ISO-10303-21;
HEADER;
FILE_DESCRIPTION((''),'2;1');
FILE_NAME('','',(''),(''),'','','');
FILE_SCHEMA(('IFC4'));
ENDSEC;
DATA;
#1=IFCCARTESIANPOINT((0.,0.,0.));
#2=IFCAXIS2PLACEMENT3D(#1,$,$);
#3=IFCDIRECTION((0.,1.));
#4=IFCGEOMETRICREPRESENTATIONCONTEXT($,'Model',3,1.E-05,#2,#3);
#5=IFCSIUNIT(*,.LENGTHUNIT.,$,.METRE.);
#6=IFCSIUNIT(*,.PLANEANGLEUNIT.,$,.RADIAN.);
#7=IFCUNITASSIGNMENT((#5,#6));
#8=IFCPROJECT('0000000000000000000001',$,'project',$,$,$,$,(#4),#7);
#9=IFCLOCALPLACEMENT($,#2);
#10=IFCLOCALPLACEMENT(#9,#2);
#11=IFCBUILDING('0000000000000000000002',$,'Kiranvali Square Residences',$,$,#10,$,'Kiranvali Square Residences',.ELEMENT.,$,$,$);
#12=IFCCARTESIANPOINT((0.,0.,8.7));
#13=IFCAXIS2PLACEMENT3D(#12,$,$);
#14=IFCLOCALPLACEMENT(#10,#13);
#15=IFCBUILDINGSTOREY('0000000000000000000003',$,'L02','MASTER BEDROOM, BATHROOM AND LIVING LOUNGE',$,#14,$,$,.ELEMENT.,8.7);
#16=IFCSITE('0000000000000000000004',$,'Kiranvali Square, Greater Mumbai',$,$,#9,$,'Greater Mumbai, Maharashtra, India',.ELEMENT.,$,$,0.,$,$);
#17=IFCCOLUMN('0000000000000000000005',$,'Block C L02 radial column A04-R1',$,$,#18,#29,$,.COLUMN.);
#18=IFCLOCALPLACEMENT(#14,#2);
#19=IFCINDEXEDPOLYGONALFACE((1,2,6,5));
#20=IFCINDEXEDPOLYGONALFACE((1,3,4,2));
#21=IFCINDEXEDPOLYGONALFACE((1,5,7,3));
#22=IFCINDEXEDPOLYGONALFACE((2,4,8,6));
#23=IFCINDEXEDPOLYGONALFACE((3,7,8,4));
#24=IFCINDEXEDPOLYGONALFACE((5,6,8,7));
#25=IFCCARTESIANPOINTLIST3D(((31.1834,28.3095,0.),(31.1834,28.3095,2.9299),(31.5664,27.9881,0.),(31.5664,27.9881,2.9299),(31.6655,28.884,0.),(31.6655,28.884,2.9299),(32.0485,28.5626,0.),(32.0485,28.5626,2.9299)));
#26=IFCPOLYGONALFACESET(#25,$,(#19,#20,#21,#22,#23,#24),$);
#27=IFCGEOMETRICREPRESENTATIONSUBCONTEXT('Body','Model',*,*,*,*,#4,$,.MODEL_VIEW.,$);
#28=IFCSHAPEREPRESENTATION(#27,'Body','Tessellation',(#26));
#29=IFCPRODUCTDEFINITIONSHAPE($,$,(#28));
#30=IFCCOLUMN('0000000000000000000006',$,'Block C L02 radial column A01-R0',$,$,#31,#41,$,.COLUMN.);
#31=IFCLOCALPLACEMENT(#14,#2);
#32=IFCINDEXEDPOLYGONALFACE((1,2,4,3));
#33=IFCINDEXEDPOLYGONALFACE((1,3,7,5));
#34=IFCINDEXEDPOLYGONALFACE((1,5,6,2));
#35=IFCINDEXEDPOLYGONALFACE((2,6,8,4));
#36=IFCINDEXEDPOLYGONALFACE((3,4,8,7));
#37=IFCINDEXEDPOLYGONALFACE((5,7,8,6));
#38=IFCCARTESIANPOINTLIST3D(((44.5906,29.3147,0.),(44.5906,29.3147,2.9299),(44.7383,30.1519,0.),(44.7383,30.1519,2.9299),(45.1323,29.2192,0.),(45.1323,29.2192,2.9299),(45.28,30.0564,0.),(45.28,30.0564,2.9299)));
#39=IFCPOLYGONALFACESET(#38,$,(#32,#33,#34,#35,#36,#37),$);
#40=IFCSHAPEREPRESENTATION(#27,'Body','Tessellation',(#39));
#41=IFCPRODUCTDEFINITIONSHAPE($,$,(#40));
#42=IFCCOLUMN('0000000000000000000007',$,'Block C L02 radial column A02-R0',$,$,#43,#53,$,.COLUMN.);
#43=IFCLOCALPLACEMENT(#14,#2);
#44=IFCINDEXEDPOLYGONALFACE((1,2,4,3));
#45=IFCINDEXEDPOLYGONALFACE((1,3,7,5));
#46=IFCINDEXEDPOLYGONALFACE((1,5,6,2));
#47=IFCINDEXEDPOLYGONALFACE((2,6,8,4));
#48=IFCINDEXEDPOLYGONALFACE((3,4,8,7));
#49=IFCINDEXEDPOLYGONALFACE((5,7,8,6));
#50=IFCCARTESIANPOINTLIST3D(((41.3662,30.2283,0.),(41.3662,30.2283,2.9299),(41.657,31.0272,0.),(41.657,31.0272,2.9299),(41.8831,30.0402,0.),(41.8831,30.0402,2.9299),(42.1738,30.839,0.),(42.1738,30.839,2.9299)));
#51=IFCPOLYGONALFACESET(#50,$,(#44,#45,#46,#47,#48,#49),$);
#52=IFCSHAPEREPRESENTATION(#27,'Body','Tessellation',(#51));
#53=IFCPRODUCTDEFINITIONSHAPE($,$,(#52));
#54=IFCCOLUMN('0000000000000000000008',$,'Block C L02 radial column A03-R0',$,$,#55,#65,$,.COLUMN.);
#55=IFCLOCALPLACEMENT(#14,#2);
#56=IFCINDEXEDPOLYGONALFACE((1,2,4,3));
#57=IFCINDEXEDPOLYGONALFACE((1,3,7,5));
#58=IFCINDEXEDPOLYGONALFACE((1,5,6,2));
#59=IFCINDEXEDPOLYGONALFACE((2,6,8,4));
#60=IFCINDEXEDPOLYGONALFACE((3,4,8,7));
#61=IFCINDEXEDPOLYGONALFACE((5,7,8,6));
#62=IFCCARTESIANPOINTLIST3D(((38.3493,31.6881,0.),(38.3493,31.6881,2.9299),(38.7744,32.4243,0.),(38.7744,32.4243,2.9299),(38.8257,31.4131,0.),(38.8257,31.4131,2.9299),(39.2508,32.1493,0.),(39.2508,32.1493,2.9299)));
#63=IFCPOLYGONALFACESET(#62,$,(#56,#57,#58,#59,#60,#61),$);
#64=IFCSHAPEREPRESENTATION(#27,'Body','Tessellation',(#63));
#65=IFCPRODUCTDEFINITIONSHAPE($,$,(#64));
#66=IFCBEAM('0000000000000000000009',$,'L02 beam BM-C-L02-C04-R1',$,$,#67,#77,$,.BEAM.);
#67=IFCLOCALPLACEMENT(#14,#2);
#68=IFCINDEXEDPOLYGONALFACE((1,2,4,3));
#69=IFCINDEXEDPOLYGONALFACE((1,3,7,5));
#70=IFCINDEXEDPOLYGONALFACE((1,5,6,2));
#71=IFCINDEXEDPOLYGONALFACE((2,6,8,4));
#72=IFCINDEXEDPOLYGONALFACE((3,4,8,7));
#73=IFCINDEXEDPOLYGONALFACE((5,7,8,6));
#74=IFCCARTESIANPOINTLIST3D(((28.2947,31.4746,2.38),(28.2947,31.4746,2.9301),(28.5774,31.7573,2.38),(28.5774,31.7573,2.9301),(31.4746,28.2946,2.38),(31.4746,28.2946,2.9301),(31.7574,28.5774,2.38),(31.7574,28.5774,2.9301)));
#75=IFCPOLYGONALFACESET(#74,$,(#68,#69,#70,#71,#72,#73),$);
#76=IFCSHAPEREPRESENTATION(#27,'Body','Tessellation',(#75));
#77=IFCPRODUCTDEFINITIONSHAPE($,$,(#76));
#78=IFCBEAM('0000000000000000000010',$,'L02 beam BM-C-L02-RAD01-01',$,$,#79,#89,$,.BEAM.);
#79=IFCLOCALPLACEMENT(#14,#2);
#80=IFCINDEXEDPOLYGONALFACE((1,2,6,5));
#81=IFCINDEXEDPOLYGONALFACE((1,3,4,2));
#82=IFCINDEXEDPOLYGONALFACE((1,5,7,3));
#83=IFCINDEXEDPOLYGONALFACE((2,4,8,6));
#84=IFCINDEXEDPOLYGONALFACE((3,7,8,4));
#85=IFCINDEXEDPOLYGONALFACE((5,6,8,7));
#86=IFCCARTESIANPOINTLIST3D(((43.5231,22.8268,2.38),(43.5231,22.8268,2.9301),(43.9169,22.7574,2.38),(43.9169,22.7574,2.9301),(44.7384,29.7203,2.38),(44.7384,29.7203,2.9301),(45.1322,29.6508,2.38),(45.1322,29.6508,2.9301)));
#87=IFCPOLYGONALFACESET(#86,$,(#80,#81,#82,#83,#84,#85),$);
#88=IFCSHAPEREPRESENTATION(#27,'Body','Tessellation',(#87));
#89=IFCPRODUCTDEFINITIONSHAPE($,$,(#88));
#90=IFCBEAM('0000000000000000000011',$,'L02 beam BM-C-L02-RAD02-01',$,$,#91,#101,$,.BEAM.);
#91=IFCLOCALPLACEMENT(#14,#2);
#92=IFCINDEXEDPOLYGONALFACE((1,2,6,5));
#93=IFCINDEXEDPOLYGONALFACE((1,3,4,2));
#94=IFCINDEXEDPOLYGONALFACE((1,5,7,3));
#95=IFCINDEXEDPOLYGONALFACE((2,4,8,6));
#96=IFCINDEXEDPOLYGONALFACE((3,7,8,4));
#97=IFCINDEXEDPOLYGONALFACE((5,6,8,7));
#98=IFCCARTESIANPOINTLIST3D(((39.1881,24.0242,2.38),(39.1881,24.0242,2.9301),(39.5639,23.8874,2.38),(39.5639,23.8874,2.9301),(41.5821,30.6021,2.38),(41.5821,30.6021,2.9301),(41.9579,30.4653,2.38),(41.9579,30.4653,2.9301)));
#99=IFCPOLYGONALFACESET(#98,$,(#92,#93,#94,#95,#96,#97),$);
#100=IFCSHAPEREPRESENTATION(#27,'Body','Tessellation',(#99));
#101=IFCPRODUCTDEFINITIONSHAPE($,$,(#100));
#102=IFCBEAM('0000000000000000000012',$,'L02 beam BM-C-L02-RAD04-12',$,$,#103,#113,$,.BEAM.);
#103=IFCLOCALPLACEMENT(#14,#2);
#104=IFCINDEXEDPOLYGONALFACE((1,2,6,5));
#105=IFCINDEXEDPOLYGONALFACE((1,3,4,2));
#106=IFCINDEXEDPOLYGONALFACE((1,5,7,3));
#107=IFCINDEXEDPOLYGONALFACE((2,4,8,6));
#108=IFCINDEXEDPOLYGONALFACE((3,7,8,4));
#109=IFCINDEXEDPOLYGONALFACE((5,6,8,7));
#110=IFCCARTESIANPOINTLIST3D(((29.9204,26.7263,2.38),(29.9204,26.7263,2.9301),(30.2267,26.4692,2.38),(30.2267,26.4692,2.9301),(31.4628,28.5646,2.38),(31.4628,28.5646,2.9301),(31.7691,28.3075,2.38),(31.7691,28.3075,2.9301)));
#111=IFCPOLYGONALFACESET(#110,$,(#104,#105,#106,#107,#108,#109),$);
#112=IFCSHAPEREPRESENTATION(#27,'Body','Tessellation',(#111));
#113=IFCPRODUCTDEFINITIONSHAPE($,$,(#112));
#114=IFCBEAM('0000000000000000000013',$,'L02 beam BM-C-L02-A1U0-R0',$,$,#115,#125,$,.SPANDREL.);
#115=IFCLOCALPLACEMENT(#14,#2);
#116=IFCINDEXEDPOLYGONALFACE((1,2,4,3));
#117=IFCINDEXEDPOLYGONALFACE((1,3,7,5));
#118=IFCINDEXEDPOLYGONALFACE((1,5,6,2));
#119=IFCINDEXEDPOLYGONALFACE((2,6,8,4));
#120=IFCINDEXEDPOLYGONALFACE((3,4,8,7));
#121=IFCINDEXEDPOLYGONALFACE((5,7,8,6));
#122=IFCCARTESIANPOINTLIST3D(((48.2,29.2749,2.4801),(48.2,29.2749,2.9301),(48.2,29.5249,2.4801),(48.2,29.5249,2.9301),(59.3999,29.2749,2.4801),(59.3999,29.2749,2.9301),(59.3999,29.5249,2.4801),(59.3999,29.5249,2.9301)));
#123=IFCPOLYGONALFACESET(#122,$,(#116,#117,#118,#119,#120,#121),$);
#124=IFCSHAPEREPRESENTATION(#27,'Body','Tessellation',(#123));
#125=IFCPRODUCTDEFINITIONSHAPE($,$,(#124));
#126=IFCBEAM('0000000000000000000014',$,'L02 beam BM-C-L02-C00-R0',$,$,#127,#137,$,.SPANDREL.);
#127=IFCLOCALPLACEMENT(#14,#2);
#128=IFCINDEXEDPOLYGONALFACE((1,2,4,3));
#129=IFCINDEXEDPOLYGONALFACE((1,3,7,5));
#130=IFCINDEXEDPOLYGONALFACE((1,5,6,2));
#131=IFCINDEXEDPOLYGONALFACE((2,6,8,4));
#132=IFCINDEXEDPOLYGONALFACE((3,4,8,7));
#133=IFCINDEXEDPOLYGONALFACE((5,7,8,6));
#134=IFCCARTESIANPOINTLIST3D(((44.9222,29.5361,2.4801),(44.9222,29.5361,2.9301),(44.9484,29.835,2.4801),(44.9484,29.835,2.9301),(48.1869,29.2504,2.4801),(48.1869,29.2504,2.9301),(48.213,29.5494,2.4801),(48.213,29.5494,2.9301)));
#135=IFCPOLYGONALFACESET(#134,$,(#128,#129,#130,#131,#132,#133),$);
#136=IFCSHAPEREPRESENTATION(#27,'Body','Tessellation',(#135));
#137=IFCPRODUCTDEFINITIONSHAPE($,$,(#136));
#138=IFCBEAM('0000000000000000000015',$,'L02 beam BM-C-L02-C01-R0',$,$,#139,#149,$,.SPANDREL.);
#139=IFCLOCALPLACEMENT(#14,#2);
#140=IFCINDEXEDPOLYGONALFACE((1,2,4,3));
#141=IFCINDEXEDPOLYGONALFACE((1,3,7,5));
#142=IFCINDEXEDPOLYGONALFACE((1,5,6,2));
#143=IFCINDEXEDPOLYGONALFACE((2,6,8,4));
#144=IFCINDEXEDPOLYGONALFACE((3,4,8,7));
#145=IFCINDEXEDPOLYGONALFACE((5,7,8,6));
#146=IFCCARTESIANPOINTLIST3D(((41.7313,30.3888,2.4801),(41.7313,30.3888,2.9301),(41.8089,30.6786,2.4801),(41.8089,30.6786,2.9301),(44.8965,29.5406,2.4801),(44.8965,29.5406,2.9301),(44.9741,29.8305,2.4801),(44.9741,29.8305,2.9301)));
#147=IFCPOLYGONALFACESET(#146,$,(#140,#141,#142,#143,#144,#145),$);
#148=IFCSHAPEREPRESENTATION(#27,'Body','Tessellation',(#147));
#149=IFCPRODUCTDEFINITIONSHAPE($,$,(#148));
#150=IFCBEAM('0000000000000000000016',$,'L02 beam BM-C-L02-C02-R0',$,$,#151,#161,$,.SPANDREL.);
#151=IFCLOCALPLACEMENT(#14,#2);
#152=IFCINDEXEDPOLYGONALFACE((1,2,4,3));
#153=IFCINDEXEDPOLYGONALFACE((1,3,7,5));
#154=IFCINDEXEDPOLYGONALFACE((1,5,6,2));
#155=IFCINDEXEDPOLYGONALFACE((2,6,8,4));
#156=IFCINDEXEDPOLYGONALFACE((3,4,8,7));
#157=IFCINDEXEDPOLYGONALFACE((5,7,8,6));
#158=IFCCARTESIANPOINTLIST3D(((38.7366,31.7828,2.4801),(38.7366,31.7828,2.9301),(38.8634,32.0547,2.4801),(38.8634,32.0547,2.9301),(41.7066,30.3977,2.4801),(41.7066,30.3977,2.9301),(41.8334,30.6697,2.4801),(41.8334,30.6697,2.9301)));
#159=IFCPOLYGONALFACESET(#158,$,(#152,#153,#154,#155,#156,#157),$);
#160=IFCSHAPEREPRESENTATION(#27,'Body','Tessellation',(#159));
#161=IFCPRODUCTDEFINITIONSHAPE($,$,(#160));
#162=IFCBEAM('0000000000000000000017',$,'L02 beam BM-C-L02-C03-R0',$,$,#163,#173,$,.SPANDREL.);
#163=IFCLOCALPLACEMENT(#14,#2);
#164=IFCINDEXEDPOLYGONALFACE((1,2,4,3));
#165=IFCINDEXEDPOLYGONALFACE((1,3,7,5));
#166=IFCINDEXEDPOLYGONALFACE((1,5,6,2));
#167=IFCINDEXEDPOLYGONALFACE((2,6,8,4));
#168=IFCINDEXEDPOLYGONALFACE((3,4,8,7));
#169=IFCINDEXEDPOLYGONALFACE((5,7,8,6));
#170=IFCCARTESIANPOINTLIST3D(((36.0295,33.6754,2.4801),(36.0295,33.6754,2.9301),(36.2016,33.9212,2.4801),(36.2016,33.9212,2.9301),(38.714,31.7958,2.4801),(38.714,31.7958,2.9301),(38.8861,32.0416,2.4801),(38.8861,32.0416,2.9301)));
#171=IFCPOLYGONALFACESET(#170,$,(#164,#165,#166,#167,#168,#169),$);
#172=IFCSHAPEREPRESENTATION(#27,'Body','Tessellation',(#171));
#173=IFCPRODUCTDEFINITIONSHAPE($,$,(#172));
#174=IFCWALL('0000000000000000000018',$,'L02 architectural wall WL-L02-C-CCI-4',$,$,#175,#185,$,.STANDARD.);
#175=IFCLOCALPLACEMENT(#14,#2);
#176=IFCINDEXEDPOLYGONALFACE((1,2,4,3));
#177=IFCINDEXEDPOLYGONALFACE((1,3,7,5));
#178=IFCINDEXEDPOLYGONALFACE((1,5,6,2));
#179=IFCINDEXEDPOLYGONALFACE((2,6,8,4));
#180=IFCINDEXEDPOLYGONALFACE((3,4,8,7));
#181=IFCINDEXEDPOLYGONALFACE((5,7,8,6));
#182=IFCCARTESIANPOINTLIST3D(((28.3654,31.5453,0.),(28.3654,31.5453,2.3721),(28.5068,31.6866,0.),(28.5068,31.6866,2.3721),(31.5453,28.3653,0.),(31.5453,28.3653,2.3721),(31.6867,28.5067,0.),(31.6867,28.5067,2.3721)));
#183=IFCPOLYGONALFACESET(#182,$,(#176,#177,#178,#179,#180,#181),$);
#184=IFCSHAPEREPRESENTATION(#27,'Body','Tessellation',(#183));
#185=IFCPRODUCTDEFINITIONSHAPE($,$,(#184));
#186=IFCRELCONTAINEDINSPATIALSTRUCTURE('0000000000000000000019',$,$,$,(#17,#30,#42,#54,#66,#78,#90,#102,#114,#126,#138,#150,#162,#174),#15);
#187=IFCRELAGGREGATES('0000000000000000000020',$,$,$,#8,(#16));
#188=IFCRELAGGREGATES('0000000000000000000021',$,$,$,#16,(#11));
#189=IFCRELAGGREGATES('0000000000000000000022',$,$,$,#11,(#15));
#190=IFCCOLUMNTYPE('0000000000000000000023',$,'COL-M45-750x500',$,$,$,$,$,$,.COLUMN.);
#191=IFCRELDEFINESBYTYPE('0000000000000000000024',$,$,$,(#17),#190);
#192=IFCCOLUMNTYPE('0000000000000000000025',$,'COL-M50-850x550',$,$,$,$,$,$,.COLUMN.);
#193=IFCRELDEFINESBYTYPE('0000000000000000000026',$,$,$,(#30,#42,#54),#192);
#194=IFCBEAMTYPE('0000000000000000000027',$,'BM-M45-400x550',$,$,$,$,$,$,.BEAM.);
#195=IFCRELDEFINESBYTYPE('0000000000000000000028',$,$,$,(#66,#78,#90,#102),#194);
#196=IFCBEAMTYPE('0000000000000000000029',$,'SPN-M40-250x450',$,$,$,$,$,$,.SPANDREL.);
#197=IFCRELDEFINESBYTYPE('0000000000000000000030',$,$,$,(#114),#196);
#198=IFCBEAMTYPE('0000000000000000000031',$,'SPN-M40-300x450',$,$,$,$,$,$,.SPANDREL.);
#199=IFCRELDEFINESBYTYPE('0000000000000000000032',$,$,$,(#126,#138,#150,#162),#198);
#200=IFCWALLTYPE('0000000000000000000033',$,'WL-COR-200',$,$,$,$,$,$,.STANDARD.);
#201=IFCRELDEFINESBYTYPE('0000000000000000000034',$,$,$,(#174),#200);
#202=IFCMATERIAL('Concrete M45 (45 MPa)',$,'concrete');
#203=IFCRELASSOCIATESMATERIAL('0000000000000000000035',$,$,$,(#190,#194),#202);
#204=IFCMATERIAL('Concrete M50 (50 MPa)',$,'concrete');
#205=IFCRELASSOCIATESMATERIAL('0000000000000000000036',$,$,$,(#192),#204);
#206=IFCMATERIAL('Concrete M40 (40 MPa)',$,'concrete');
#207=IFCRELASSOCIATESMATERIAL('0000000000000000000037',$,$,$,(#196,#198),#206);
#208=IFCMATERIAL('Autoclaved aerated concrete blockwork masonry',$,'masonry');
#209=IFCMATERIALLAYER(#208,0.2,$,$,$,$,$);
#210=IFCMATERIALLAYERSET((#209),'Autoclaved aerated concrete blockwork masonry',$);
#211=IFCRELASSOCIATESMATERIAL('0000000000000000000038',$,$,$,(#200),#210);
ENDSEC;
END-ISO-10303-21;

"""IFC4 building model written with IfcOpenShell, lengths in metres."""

from ifc_helpers import new_model, si_unit, direction, frame, frame_2d, origin, origin_2d, place, context, subcontext, project, spatial, rectangle, extrude, material, layer, layer_set, material_profile, profile_set, type_object, element, save


model = new_model("IFC4")

# Units and contexts
model_context = context("Model", 3, precision=1e-05, world=origin(), true_north=direction((0.0, 1.0)))
body_context = subcontext(model_context, "Body", "Model", "MODEL_VIEW")
ifc_project = project(units=[si_unit("LENGTHUNIT", "METRE"), si_unit("PLANEANGLEUNIT", "RADIAN")], contexts=[model_context])

# Site, building, storey
site_placement = place(None, origin())
site = spatial("IfcSite", under=ifc_project, at=site_placement, Name="Kiranvali Square, Greater Mumbai", LongName="Greater Mumbai, Maharashtra, India", CompositionType="ELEMENT", RefElevation=0.0)
building_placement = place(site_placement, origin())
building = spatial("IfcBuilding", under=site, at=building_placement, Name="Kiranvali Square Residences", LongName="Kiranvali Square Residences", CompositionType="ELEMENT")
storey_placement = place(building_placement, frame((0.0, 0.0, 8.7)))
storey = spatial("IfcBuildingStorey", under=building, at=storey_placement, Name="L02", Description="MASTER BEDROOM, BATHROOM AND LIVING LOUNGE", CompositionType="ELEMENT", Elevation=8.7)

# Columns
ifc_material_1 = material(Name="Concrete M45 (45 MPa)", Category="concrete")
ifc_material_profile_1 = material_profile(ifc_material_1, rectangle(XDim=0.5, YDim=0.75, at=origin_2d()), Name="RC 750x500")
ifc_profile_set_1 = profile_set([ifc_material_profile_1], Name="Concrete M45 (45 MPa)")
column_type_1 = type_object("IfcColumnType", Name="COL-M45-750x500", PredefinedType="COLUMN", material=ifc_profile_set_1)
column_placement = place(storey_placement, frame((31.616, 28.436, 0.0), z_axis=(0.0, 0.0, 1.0), x_axis=(-0.766044, 0.642788, 0.0)))
element("IfcColumn", 1, at=column_placement, inside=storey, type_object=column_type_1, Name="Block C L02 radial column A04-R1", PredefinedType="COLUMN", context=body_context, shape_type="SweptSolid", body=[
    extrude(rectangle(XDim=0.5, YDim=0.75, at=origin_2d()), origin(), (0.0, 0.0, 1.0), 2.9299),
])
ifc_material_2 = material(Name="Concrete M50 (50 MPa)", Category="concrete")
ifc_material_profile_2 = material_profile(ifc_material_2, rectangle(XDim=0.55, YDim=0.8501, at=origin_2d()), Name="RC 850x550")
ifc_profile_set_2 = profile_set([ifc_material_profile_2], Name="Concrete M50 (50 MPa)")
column_type_2 = type_object("IfcColumnType", Name="COL-M50-850x550", PredefinedType="COLUMN", material=ifc_profile_set_2)
for number, where, z_axis, x_axis, name in (
    (2, (44.9353, 29.6855, 0.0), (0.0, 0.0, 1.0), (-0.984808, 0.173648, 0.0), "Block C L02 radial column A01-R0"),
    (3, (41.77, 30.5337, 0.0), (0.0, 0.0, 1.0), (-0.939693, 0.34202, 0.0), "Block C L02 radial column A02-R0"),
    (4, (38.8, 31.9187, 0.0), (0.0, 0.0, 1.0), (-0.866025, 0.5, 0.0), "Block C L02 radial column A03-R0"),
):
    element("IfcColumn", number, at=place(storey_placement, frame(where, z_axis=z_axis, x_axis=x_axis)), inside=storey, type_object=column_type_2, Name=name, PredefinedType="COLUMN", context=body_context, shape_type="SweptSolid", body=[
        extrude(rectangle(XDim=0.55, YDim=0.8501, at=origin_2d()), origin(), (0.0, 0.0, 1.0), 2.9299),
    ])

# Beams
ifc_material_profile_3 = material_profile(ifc_material_1, rectangle(XDim=0.3999, YDim=0.55, at=origin_2d()), Name="RC 400x550")
ifc_profile_set_3 = profile_set([ifc_material_profile_3], Name="Concrete M45 (45 MPa)")
beam_type_1 = type_object("IfcBeamType", Name="BM-M45-400x550", PredefinedType="BEAM", material=ifc_profile_set_3)
beam_1_placement = place(storey_placement, frame((31.616, 28.436, 2.655), z_axis=(-0.707107, 0.707107, 0.0), x_axis=(-0.707107, -0.707107, 0.0)))
element("IfcBeam", 5, at=beam_1_placement, inside=storey, type_object=beam_type_1, Name="L02 beam BM-C-L02-C04-R1", PredefinedType="BEAM", context=body_context, shape_type="SweptSolid", body=[
    extrude(rectangle(XDim=0.3999, YDim=0.55, at=origin_2d()), origin(), (0.0, 0.0, 1.0), 4.4971),
])
beam_2_placement = place(storey_placement, frame((44.9353, 29.6855, 2.655), z_axis=(-0.173622, -0.984812, 0.0), x_axis=(0.984812, -0.173622, 0.0)))
element("IfcBeam", 6, at=beam_2_placement, inside=storey, type_object=beam_type_1, Name="L02 beam BM-C-L02-RAD01-01", PredefinedType="BEAM", context=body_context, shape_type="SweptSolid", body=[
    extrude(rectangle(XDim=0.3999, YDim=0.55, at=origin_2d()), origin(), (0.0, 0.0, 1.0), 6.9998),
])
beam_3_placement = place(storey_placement, frame((41.77, 30.5337, 2.655), z_axis=(-0.342006, -0.939698, 0.0), x_axis=(0.939698, -0.342006, 0.0)))
element("IfcBeam", 7, at=beam_3_placement, inside=storey, type_object=beam_type_1, Name="L02 beam BM-C-L02-RAD02-01", PredefinedType="BEAM", context=body_context, shape_type="SweptSolid", body=[
    extrude(rectangle(XDim=0.3999, YDim=0.55, at=origin_2d()), origin(), (0.0, 0.0, 1.0), 7.0),
])
beam_4_placement = place(storey_placement, frame((31.616, 28.436, 2.655), z_axis=(-0.642763, -0.766065, 0.0), x_axis=(0.766065, -0.642763, 0.0)))
element("IfcBeam", 8, at=beam_4_placement, inside=storey, type_object=beam_type_1, Name="L02 beam BM-C-L02-RAD04-12", PredefinedType="BEAM", context=body_context, shape_type="SweptSolid", body=[
    extrude(rectangle(XDim=0.3999, YDim=0.55, at=origin_2d()), origin(), (0.0, 0.0, 1.0), 2.3997),
])
ifc_material_3 = material(Name="Concrete M40 (40 MPa)", Category="concrete")
ifc_material_profile_4 = material_profile(ifc_material_3, rectangle(XDim=0.25, YDim=0.45, at=origin_2d()), Name="RC 250x450")
ifc_profile_set_4 = profile_set([ifc_material_profile_4], Name="Concrete M40 (40 MPa)")
beam_type_2 = type_object("IfcBeamType", Name="SPN-M40-250x450", PredefinedType="SPANDREL", material=ifc_profile_set_4)
beam_5_placement = place(storey_placement, frame((48.2, 29.3999, 2.7051), z_axis=(1.0, 0.0, 0.0), x_axis=(0.0, 1.0, 0.0)))
element("IfcBeam", 9, at=beam_5_placement, inside=storey, type_object=beam_type_2, Name="L02 beam BM-C-L02-A1U0-R0", PredefinedType="SPANDREL", context=body_context, shape_type="SweptSolid", body=[
    extrude(rectangle(XDim=0.25, YDim=0.45, at=origin_2d()), origin(), (0.0, 0.0, 1.0), 11.2),
])
ifc_material_profile_5 = material_profile(ifc_material_3, rectangle(XDim=0.3, YDim=0.45, at=origin_2d()), Name="RC 300x450")
ifc_profile_set_5 = profile_set([ifc_material_profile_5], Name="Concrete M40 (40 MPa)")
beam_type_3 = type_object("IfcBeamType", Name="SPN-M40-300x450", PredefinedType="SPANDREL", material=ifc_profile_set_5)
beam_6_placement = place(storey_placement, frame((48.2, 29.3999, 2.7051), z_axis=(-0.996194, 0.087163, 0.0), x_axis=(-0.087163, -0.996194, 0.0)))
element("IfcBeam", 10, at=beam_6_placement, inside=storey, type_object=beam_type_3, Name="L02 beam BM-C-L02-C00-R0", PredefinedType="SPANDREL", context=body_context, shape_type="SweptSolid", body=[
    extrude(rectangle(XDim=0.3, YDim=0.45, at=origin_2d()), origin(), (0.0, 0.0, 1.0), 3.2771),
])
beam_7_placement = place(storey_placement, frame((44.9353, 29.6855, 2.7051), z_axis=(-0.965925, 0.258822, 0.0), x_axis=(-0.258822, -0.965925, 0.0)))
element("IfcBeam", 11, at=beam_7_placement, inside=storey, type_object=beam_type_3, Name="L02 beam BM-C-L02-C01-R0", PredefinedType="SPANDREL", context=body_context, shape_type="SweptSolid", body=[
    extrude(rectangle(XDim=0.3, YDim=0.45, at=origin_2d()), origin(), (0.0, 0.0, 1.0), 3.2769),
])
for number, where, z_axis, x_axis, name in (
    (12, (41.77, 30.5337, 2.7051), (-0.906297, 0.422641, 0.0), (-0.422641, -0.906297, 0.0), "L02 beam BM-C-L02-C02-R0"),
    (13, (38.8, 31.9187, 2.7051), (-0.819169, 0.573552, 0.0), (-0.573552, -0.819169, 0.0), "L02 beam BM-C-L02-C03-R0"),
):
    element("IfcBeam", number, at=place(storey_placement, frame(where, z_axis=z_axis, x_axis=x_axis)), inside=storey, type_object=beam_type_3, Name=name, PredefinedType="SPANDREL", context=body_context, shape_type="SweptSolid", body=[
        extrude(rectangle(XDim=0.3, YDim=0.45, at=origin_2d()), origin(), (0.0, 0.0, 1.0), 3.2771),
    ])

# Wall
ifc_material_4 = material(Name="Autoclaved aerated concrete blockwork masonry", Category="masonry")
ifc_layer_1 = layer(ifc_material_4, 0.2)
ifc_layer_set_1 = layer_set([ifc_layer_1], Name="Autoclaved aerated concrete blockwork masonry")
wall_type_1 = type_object("IfcWallType", Name="WL-COR-200", PredefinedType="STANDARD", material=ifc_layer_set_1)
wall_1_placement = place(storey_placement, frame((31.616, 28.436, 0.0), z_axis=(0.0, 0.0, 1.0), x_axis=(-0.707107, 0.707107, 0.0)))
element("IfcWall", 14, at=wall_1_placement, inside=storey, type_object=wall_type_1, Name="L02 architectural wall WL-L02-C-CCI-4", PredefinedType="STANDARD", context=body_context, shape_type="SweptSolid", body=[
    extrude(rectangle(XDim=4.4971, YDim=0.2, at=frame_2d((2.2485, 0.0))), origin(), (0.0, 0.0, 1.0), 2.3721),
])

save(model, "model.ifc")
